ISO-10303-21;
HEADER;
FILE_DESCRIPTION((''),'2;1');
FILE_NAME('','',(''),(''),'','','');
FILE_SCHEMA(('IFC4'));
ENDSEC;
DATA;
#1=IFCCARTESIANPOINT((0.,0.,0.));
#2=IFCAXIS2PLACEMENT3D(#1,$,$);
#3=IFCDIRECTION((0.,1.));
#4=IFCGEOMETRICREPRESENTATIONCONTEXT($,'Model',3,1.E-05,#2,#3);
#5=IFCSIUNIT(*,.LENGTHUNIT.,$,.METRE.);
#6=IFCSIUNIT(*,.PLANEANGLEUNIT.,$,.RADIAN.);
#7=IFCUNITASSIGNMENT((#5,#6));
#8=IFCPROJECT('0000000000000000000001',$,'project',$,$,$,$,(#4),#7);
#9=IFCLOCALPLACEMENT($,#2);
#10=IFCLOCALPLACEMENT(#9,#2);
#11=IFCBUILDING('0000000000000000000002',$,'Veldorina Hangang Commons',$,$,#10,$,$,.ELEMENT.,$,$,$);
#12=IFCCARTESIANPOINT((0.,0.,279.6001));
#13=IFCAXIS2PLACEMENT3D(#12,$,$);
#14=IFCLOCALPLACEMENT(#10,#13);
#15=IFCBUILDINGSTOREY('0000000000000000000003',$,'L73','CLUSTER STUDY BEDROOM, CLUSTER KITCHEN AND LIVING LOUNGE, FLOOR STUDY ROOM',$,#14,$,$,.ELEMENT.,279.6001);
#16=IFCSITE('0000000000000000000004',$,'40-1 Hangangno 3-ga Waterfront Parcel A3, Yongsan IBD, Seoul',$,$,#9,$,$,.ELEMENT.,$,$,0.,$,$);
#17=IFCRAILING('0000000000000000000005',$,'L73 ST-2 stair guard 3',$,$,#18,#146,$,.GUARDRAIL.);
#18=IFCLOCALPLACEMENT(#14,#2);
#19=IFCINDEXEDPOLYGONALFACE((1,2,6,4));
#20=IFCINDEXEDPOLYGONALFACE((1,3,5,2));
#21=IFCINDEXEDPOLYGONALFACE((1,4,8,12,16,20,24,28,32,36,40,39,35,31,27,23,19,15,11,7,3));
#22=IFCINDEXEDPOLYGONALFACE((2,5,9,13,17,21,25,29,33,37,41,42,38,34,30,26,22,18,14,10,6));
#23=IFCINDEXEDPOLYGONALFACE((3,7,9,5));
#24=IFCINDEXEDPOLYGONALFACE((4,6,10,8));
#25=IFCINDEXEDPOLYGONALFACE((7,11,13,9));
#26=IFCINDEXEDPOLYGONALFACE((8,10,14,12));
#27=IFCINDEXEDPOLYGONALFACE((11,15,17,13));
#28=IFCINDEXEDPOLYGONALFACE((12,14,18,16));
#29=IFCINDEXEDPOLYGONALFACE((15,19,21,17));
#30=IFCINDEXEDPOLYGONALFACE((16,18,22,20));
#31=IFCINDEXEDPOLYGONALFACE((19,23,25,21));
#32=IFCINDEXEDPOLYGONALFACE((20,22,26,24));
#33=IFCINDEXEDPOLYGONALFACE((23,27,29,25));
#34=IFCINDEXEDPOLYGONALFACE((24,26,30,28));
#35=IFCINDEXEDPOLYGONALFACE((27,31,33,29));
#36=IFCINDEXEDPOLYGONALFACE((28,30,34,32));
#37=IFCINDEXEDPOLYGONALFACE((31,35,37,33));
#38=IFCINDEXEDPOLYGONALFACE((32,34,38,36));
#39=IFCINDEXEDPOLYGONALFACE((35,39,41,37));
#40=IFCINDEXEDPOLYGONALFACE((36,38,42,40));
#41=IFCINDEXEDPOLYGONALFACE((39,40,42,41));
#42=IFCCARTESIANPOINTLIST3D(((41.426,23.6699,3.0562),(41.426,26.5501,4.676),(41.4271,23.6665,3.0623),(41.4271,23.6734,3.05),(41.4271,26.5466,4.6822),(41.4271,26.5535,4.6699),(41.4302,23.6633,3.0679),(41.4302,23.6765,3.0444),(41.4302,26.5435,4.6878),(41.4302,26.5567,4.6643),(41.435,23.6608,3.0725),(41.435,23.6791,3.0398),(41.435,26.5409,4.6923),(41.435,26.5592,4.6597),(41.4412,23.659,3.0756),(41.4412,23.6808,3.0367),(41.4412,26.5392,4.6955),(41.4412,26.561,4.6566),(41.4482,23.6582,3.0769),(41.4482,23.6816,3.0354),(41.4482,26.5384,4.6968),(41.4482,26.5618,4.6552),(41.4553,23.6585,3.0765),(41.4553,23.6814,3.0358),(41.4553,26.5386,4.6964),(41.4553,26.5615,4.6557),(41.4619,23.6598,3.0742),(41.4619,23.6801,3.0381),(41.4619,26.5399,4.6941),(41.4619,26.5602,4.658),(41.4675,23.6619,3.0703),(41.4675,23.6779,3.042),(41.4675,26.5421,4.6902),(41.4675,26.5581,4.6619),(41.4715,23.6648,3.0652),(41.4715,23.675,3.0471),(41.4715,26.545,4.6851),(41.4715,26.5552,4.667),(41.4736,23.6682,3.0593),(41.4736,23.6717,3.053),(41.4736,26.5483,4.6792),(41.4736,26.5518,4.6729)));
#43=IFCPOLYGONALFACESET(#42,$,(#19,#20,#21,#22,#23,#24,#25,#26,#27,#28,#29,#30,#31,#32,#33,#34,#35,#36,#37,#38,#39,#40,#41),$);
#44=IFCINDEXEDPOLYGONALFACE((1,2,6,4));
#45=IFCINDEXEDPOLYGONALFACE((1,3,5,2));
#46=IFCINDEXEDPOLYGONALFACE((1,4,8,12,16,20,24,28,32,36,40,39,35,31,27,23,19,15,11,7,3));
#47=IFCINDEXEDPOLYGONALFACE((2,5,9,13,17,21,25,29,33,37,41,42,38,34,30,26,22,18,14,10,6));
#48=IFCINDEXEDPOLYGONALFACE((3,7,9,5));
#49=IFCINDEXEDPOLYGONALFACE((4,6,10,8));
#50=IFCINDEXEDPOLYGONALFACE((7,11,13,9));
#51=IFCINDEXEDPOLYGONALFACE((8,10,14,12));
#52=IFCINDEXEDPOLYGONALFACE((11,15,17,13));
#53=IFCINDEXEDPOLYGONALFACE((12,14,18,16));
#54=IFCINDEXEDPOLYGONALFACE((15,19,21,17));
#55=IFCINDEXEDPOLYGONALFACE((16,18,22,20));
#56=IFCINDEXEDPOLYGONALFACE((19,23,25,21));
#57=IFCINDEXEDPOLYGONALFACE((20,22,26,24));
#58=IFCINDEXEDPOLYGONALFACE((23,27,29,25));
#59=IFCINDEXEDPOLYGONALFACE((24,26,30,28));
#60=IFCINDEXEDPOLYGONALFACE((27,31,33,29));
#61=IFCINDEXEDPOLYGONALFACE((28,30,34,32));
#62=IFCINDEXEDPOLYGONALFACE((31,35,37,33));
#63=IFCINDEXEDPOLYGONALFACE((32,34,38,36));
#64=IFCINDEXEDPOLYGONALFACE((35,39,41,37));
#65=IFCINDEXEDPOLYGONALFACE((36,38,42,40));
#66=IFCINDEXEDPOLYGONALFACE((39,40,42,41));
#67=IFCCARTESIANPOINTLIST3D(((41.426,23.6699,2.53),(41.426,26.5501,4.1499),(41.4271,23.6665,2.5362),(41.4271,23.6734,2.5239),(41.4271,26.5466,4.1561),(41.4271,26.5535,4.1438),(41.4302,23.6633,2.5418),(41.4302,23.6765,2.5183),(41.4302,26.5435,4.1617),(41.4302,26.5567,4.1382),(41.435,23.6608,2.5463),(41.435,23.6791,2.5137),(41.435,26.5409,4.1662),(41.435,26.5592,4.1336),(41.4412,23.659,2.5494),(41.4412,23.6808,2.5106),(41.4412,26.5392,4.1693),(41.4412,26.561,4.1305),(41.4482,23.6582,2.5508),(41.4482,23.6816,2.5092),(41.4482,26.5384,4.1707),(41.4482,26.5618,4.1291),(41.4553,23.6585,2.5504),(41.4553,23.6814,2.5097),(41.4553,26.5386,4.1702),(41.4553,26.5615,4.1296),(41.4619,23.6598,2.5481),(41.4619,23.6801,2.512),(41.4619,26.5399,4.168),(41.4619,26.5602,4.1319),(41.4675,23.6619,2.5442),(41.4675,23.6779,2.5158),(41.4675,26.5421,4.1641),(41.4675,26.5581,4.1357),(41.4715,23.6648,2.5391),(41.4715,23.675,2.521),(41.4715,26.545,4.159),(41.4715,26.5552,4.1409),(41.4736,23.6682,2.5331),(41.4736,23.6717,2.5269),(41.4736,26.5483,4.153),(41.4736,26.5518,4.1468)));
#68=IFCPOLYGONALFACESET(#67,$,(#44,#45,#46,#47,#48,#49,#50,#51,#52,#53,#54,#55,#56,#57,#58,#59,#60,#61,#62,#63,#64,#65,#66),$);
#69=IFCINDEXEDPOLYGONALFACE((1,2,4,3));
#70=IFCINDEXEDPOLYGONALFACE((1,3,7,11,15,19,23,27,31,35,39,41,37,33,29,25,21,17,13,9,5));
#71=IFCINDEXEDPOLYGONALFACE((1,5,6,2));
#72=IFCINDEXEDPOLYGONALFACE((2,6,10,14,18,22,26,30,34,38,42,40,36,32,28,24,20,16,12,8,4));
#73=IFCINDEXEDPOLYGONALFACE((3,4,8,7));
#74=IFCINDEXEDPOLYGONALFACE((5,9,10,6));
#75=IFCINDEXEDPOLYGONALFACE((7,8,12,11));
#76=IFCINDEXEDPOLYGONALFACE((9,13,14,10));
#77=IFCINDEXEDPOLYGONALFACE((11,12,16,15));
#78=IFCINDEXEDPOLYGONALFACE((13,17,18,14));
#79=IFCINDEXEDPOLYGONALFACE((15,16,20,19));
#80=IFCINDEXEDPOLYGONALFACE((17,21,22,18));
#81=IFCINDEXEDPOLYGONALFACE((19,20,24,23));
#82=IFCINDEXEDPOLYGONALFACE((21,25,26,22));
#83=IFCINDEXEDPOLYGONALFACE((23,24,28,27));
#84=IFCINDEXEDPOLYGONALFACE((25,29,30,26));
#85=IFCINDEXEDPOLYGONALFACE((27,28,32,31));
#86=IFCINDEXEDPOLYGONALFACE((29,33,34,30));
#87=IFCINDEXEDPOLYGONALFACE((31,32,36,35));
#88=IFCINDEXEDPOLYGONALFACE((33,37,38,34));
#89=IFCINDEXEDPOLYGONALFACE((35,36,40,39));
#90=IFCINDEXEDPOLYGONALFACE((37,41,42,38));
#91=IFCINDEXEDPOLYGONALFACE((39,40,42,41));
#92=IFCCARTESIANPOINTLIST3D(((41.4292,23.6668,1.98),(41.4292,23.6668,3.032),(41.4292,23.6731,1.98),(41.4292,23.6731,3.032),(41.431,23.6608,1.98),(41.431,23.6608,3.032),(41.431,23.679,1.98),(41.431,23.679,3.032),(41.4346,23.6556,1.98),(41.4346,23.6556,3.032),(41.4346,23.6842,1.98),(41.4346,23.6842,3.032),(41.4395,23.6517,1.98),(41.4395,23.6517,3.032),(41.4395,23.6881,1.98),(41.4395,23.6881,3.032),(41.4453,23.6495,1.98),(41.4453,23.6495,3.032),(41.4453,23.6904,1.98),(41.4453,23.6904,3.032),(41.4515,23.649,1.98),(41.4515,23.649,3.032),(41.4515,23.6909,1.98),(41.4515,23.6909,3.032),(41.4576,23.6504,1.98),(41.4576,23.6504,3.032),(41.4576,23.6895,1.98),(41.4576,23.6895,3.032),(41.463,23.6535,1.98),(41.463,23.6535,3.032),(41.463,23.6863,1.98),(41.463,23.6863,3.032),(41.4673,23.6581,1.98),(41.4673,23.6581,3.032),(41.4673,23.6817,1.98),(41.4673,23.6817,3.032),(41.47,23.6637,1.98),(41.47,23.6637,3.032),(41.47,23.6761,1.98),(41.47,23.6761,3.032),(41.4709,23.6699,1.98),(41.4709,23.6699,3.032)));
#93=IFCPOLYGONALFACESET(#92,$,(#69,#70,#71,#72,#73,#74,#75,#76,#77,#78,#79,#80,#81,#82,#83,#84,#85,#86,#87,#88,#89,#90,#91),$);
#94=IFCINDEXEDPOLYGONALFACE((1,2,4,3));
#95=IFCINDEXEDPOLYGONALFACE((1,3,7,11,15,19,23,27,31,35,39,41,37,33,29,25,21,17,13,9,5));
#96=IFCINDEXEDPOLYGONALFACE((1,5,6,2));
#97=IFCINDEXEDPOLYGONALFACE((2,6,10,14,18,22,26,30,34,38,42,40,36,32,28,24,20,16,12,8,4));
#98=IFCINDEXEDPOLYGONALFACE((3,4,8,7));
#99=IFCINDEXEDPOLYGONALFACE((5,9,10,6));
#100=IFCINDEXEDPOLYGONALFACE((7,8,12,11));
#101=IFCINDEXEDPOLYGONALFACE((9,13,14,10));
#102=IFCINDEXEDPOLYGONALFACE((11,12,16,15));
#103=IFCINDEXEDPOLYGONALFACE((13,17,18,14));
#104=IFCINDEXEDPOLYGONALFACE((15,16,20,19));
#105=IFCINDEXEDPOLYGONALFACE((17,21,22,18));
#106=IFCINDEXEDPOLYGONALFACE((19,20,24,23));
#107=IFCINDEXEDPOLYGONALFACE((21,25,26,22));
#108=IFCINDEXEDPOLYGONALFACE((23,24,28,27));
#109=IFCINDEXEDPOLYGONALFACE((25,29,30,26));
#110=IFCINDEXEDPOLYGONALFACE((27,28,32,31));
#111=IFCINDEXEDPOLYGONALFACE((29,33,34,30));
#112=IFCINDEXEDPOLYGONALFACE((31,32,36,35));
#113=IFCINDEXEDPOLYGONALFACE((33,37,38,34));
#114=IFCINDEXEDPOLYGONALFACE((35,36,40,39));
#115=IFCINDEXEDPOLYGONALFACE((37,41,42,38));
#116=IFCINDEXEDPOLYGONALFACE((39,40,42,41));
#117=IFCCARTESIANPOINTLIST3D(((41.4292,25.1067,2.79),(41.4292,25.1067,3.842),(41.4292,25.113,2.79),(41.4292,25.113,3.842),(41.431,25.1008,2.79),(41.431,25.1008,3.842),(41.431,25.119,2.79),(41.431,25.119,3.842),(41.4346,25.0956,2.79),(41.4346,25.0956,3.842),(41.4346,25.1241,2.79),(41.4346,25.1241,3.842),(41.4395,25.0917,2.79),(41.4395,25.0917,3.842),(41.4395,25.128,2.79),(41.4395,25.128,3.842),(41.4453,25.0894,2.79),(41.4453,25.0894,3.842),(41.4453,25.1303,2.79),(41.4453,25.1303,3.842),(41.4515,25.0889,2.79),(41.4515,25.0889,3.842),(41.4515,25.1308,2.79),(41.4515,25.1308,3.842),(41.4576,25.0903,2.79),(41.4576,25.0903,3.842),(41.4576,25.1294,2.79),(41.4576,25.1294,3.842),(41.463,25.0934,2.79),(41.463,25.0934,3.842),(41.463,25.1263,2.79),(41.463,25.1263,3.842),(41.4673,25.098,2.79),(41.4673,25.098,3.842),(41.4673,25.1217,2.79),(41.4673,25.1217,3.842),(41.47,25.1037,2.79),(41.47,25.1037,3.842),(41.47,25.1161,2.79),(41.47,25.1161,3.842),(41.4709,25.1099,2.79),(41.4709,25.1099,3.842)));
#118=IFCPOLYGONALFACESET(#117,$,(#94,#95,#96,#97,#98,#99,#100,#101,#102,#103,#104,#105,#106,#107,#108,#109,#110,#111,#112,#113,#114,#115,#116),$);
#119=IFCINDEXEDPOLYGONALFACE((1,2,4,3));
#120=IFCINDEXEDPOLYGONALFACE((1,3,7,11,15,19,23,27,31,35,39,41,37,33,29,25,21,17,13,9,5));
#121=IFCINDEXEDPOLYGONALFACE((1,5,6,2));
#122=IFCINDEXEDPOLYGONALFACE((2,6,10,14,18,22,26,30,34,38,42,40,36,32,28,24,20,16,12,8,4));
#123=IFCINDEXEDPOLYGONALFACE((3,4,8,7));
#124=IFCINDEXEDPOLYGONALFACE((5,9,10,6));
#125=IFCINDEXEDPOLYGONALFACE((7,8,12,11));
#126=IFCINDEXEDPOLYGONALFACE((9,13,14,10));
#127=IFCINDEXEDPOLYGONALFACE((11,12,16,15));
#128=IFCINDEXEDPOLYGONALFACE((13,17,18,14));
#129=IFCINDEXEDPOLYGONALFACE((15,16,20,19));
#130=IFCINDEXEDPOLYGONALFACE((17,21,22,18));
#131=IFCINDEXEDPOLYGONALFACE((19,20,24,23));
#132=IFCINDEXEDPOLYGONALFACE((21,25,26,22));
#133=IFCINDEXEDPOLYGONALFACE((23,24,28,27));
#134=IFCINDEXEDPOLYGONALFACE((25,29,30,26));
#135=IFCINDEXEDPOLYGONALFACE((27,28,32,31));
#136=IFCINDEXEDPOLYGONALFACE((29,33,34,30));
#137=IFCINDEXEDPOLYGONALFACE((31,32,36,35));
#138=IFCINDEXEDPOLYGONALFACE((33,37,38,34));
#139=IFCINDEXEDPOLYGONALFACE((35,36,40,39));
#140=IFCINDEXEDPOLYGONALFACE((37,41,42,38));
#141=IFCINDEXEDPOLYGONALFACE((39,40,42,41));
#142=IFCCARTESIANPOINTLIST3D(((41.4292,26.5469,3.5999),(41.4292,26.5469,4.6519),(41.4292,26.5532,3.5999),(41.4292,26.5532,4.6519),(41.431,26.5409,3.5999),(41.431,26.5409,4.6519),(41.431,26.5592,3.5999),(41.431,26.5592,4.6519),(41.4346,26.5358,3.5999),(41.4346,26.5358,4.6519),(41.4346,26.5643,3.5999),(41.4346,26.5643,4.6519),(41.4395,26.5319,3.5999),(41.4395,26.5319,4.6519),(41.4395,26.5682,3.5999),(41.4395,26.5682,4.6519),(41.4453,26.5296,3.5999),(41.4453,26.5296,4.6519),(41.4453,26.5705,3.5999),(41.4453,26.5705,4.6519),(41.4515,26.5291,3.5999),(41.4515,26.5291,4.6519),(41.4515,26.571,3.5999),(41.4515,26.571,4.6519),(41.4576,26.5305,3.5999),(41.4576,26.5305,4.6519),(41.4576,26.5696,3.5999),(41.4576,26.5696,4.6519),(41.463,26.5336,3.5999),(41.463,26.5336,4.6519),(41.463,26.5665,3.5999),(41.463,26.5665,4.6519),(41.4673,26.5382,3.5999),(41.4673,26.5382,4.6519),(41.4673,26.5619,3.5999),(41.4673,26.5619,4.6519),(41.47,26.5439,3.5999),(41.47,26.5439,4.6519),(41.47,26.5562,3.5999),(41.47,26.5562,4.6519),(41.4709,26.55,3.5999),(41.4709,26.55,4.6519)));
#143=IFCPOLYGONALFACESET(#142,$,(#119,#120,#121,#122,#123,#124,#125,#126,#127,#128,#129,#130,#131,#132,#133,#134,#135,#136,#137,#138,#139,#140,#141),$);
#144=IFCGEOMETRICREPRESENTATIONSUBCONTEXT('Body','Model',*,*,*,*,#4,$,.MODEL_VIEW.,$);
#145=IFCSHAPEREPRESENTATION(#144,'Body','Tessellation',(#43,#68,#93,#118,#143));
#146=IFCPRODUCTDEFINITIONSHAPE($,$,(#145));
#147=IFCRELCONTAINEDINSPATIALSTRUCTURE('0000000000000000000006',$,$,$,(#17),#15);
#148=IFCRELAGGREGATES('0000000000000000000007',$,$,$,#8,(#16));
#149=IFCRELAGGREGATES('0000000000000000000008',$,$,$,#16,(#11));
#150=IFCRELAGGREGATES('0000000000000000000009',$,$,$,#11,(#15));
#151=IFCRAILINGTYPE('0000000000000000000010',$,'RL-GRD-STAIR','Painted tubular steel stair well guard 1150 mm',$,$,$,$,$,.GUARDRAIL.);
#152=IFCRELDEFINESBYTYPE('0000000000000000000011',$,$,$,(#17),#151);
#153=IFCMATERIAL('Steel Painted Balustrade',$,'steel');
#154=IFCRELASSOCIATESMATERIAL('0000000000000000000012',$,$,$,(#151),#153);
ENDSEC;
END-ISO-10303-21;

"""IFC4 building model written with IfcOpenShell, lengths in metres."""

from ifc_helpers import new_model, si_unit, direction, frame, origin, origin_2d, place, context, subcontext, project, spatial, circle, extrude, material, type_object, element, save


model = new_model("IFC4")

# Units and contexts
model_context = context("Model", 3, precision=1e-05, world=origin(), true_north=direction((0.0, 1.0)))
body_context = subcontext(model_context, "Body", "Model", "MODEL_VIEW")
ifc_project = project(units=[si_unit("LENGTHUNIT", "METRE"), si_unit("PLANEANGLEUNIT", "RADIAN")], contexts=[model_context])

# Site, building, storey
site_placement = place(None, origin())
site = spatial("IfcSite", under=ifc_project, at=site_placement, Name="40-1 Hangangno 3-ga Waterfront Parcel A3, Yongsan IBD, Seoul", CompositionType="ELEMENT", RefElevation=0.0)
building_placement = place(site_placement, origin())
building = spatial("IfcBuilding", under=site, at=building_placement, Name="Veldorina Hangang Commons", CompositionType="ELEMENT")
storey_placement = place(building_placement, frame((0.0, 0.0, 279.6001)))
storey = spatial("IfcBuildingStorey", under=building, at=storey_placement, Name="L73", Description="CLUSTER STUDY BEDROOM, CLUSTER KITCHEN AND LIVING LOUNGE, FLOOR STUDY ROOM", CompositionType="ELEMENT", Elevation=279.6001)

# Railing
ifc_material_1 = material(Name="Steel Painted Balustrade", Category="steel")
railing_type_1 = type_object("IfcRailingType", Name="RL-GRD-STAIR", Description="Painted tubular steel stair well guard 1150 mm", PredefinedType="GUARDRAIL", material=ifc_material_1)
railing_1_placement = place(storey_placement, frame((41.45, 23.6699, 1.98)))
element("IfcRailing", 1, at=railing_1_placement, inside=storey, type_object=railing_type_1, Name="L73 ST-2 stair guard 3", PredefinedType="GUARDRAIL", context=body_context, shape_type="SweptSolid", body=[
    extrude(circle(Radius=0.0239, at=origin_2d()), frame((0.0, 0.0, 1.0762), z_axis=(0.0, 0.871601, 0.490216), x_axis=(-1.0, 0.0, 0.0)), (0.0, 0.0, 1.0), 3.3044),
    extrude(circle(Radius=0.0239, at=origin_2d()), frame((0.0, 0.0, 0.55), z_axis=(0.0, 0.871601, 0.490216), x_axis=(-1.0, 0.0, 0.0)), (0.0, 0.0, 1.0), 3.3044),
    extrude(circle(Radius=0.021, at=origin_2d()), origin(), (0.0, 0.0, 1.0), 1.052),
    extrude(circle(Radius=0.021, at=origin_2d()), frame((0.0, 1.4399, 0.8101)), (0.0, 0.0, 1.0), 1.052),
    extrude(circle(Radius=0.021, at=origin_2d()), frame((0.0, 2.8801, 1.6199)), (0.0, 0.0, 1.0), 1.052),
])

save(model, "model.ifc")
